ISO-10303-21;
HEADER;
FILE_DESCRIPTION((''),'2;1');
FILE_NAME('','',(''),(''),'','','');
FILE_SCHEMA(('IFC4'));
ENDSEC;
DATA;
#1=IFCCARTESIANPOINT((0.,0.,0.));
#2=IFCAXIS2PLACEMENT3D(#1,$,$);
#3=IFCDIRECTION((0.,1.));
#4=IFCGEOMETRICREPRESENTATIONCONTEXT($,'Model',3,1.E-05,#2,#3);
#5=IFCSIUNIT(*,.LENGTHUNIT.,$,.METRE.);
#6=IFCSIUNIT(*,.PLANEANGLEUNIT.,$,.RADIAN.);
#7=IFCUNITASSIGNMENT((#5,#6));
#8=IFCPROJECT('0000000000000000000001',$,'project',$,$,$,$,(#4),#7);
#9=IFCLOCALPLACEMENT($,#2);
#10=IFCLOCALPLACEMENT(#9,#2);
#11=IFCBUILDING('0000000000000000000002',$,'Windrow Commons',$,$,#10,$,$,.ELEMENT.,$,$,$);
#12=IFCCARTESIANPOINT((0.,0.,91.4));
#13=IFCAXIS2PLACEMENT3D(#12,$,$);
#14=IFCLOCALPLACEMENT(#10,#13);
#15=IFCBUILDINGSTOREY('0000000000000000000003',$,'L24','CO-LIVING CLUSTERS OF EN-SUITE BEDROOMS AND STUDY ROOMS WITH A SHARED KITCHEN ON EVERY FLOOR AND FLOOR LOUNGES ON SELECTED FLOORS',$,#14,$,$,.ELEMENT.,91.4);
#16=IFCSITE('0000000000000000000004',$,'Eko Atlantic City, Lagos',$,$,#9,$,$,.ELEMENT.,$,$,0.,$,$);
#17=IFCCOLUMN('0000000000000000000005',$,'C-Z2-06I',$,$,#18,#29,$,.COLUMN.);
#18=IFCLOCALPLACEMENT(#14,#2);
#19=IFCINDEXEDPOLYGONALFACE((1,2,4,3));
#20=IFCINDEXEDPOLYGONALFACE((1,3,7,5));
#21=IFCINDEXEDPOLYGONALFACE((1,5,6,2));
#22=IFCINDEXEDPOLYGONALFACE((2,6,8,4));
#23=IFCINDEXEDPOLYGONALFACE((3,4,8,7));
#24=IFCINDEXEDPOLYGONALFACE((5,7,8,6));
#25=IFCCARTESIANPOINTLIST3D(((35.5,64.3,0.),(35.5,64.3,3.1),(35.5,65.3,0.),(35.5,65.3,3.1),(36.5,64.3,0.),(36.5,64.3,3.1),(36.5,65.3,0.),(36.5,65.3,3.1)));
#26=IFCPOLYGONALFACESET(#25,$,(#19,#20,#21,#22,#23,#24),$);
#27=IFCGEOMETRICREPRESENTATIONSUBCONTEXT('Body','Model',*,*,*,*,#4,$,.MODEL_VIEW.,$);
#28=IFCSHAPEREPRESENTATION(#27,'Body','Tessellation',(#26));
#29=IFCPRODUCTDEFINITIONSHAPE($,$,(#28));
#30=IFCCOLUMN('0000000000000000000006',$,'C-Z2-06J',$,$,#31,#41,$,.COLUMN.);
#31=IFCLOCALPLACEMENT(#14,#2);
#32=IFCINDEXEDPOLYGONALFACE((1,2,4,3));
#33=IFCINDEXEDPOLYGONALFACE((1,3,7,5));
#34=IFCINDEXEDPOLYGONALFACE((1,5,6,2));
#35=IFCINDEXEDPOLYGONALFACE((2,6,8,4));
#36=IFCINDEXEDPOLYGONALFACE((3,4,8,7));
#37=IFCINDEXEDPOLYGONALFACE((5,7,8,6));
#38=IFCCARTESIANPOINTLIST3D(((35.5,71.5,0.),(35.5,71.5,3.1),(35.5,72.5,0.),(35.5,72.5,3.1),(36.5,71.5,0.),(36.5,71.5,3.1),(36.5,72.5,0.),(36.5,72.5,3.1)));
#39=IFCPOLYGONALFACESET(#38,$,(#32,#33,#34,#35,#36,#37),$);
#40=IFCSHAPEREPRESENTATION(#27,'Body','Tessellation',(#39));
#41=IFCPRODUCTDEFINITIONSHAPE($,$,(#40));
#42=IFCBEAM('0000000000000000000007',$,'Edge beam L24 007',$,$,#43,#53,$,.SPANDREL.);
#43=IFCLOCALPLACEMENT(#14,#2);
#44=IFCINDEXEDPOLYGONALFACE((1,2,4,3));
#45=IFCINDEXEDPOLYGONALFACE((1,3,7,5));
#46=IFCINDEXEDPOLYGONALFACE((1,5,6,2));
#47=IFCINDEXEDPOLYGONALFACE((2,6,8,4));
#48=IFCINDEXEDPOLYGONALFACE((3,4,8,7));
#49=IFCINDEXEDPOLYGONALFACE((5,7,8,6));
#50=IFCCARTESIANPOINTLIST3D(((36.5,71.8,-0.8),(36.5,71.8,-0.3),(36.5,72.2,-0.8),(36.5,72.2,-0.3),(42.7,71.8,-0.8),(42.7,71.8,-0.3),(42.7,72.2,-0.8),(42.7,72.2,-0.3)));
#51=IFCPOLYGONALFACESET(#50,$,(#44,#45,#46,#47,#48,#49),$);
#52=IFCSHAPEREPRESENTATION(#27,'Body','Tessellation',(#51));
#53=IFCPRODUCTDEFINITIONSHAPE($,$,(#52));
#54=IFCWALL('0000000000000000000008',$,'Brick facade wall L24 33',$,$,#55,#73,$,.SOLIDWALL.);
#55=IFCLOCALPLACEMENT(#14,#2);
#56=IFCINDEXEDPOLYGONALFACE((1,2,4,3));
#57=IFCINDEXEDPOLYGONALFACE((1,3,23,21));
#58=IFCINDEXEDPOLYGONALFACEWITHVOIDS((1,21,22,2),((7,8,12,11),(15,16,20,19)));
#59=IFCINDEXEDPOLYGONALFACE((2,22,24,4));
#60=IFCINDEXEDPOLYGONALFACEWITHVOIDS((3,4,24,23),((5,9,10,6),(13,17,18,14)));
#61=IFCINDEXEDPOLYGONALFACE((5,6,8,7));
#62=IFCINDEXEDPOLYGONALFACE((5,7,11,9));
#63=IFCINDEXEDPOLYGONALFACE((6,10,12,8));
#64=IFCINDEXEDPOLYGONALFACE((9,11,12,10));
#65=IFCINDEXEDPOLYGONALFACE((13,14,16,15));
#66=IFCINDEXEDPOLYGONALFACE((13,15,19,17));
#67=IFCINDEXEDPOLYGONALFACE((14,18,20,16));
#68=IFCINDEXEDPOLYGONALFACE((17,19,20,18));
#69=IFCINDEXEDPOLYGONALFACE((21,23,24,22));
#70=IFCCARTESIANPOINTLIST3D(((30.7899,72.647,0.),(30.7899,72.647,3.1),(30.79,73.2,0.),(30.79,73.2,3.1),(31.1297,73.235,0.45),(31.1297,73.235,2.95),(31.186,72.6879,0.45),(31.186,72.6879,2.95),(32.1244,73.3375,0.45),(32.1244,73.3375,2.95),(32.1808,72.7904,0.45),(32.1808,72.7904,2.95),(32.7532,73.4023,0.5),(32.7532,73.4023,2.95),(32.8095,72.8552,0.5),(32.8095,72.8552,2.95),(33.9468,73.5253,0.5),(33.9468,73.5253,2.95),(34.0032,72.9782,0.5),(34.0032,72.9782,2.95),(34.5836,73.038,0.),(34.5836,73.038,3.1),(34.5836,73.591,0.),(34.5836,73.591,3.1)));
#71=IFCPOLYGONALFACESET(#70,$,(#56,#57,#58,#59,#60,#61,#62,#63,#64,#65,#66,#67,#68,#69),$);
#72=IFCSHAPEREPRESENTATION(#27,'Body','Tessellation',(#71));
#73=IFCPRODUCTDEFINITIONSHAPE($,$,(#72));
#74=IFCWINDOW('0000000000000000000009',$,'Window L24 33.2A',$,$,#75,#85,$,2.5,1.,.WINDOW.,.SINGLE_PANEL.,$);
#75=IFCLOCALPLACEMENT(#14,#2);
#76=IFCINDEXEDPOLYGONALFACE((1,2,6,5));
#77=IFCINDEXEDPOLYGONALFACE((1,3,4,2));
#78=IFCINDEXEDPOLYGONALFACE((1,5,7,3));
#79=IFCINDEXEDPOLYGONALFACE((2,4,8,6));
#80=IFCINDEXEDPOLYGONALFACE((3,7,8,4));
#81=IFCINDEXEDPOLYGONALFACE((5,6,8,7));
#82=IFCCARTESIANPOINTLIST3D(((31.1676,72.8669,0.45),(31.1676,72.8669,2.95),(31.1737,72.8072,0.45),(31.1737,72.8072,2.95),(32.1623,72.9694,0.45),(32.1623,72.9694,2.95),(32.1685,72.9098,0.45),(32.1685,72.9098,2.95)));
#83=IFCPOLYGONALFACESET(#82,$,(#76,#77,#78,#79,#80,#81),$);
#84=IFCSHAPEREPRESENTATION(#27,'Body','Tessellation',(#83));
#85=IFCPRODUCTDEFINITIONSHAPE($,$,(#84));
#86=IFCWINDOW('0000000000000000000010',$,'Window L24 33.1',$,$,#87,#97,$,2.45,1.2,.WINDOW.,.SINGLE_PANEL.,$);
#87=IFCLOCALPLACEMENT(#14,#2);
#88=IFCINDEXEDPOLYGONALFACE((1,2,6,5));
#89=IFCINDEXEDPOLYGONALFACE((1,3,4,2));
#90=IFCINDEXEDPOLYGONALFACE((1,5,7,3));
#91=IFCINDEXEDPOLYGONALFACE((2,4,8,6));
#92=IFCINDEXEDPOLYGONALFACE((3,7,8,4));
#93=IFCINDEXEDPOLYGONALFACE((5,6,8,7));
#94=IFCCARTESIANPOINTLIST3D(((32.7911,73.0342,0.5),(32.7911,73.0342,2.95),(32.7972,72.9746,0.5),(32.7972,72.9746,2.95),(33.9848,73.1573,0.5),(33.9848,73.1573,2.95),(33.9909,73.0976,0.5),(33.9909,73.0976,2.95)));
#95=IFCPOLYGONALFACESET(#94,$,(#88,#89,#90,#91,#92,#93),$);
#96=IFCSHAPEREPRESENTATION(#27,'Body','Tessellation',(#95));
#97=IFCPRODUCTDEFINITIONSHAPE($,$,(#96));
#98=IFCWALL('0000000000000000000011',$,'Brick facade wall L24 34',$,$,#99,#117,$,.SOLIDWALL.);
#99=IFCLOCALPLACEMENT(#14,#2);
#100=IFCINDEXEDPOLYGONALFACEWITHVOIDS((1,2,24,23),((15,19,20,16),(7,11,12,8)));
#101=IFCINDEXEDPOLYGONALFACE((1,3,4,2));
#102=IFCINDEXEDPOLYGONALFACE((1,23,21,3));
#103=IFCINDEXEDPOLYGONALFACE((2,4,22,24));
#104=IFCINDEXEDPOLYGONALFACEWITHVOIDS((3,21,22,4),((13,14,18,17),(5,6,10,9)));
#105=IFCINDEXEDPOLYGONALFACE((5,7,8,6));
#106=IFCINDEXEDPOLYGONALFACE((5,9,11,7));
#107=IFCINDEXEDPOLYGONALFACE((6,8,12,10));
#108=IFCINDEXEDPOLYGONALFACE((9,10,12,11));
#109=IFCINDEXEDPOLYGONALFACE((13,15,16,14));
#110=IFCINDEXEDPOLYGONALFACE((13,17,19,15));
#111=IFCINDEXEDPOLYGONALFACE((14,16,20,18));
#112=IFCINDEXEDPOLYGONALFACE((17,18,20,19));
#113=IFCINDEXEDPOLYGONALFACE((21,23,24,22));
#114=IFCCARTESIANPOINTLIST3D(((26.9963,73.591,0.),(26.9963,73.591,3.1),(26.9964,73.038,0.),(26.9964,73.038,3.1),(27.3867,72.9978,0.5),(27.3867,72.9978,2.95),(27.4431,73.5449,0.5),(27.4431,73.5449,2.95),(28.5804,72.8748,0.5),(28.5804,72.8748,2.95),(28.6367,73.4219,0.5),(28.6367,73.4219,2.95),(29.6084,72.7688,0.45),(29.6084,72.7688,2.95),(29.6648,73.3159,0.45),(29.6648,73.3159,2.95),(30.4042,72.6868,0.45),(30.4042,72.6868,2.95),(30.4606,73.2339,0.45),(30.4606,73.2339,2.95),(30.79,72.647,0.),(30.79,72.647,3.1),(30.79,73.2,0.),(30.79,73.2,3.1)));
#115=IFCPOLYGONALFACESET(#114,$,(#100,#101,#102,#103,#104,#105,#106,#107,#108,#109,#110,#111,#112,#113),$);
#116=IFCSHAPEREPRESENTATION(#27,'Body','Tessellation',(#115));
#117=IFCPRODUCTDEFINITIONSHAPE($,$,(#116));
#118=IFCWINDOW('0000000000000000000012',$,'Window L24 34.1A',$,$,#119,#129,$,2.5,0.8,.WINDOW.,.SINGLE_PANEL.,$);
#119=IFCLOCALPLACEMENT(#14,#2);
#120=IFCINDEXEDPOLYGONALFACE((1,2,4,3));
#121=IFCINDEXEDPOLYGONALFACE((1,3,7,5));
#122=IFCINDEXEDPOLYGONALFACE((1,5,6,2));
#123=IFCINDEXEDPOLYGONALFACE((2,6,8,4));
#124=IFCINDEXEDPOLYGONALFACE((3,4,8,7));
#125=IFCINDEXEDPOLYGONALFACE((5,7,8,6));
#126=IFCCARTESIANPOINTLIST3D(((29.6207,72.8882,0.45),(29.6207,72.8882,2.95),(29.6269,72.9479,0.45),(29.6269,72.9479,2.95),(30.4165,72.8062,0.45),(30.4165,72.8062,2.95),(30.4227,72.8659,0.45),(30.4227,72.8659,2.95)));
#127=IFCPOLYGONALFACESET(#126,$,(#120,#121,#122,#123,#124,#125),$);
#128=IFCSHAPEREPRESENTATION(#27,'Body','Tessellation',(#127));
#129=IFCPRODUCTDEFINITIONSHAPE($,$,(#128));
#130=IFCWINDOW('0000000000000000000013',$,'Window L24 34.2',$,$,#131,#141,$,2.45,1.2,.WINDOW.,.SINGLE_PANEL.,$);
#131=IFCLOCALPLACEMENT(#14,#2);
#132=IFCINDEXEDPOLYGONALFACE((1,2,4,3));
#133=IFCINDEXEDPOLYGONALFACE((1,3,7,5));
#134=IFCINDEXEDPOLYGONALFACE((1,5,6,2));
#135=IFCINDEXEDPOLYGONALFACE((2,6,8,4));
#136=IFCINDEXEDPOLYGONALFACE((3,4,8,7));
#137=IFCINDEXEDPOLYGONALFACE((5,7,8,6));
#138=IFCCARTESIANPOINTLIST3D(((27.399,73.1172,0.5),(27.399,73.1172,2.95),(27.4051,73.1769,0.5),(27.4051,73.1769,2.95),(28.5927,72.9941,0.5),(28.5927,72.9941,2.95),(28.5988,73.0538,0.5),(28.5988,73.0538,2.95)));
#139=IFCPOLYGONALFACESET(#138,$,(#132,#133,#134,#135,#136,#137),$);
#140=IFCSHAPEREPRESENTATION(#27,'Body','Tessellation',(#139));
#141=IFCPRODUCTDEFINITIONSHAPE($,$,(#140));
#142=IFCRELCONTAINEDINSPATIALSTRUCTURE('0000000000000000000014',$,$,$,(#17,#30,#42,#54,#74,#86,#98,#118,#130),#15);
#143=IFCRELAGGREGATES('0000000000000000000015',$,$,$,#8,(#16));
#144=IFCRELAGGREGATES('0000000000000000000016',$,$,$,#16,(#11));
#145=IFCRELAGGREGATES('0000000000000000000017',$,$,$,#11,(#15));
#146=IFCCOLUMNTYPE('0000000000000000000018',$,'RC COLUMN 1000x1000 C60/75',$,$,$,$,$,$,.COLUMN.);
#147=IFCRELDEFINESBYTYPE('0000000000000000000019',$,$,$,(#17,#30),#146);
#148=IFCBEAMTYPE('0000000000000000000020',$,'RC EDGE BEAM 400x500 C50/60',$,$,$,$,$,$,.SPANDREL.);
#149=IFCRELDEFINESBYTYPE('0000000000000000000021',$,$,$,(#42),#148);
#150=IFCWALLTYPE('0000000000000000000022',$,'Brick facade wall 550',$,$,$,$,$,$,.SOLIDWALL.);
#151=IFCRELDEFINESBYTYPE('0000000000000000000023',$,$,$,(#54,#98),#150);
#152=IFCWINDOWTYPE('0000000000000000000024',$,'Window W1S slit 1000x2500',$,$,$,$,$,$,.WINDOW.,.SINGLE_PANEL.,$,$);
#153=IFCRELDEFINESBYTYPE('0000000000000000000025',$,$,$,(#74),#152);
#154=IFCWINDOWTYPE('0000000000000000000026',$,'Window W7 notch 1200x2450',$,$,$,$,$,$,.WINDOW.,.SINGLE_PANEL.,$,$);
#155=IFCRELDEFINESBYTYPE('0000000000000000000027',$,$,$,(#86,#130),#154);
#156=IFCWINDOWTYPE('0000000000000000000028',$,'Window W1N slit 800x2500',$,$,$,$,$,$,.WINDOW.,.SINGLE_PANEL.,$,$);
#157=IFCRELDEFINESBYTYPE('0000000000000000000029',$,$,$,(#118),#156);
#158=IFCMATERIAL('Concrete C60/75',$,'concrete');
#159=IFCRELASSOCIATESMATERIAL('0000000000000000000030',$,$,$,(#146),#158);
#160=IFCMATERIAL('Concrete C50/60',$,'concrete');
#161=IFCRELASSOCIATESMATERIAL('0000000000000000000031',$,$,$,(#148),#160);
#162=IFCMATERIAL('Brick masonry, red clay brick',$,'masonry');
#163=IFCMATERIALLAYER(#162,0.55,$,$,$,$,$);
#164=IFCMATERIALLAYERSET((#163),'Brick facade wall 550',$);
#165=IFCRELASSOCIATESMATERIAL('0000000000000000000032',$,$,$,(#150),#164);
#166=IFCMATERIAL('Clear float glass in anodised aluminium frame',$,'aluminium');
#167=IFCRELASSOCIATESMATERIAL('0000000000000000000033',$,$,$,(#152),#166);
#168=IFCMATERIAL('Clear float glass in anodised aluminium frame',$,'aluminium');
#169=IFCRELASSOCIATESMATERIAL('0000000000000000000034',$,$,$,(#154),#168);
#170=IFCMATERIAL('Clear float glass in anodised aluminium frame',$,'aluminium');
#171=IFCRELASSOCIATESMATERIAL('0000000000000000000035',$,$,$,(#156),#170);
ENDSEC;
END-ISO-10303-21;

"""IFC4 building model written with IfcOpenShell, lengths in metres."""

from ifc_helpers import new_model, si_unit, direction, frame, frame_2d, origin, origin_2d, place, context, subcontext, project, spatial, polyline, rectangle, outline, extrude, material, layer, layer_set, material_profile, profile_set, type_object, element, fill, save


model = new_model("IFC4")

# Units and contexts
model_context = context("Model", 3, precision=1e-05, world=origin(), true_north=direction((0.0, 1.0)))
body_context = subcontext(model_context, "Body", "Model", "MODEL_VIEW")
ifc_project = project(units=[si_unit("LENGTHUNIT", "METRE"), si_unit("PLANEANGLEUNIT", "RADIAN")], contexts=[model_context])

# Site, building, storey
site_placement = place(None, origin())
site = spatial("IfcSite", under=ifc_project, at=site_placement, Name="Eko Atlantic City, Lagos", CompositionType="ELEMENT", RefElevation=0.0)
building_placement = place(site_placement, origin())
building = spatial("IfcBuilding", under=site, at=building_placement, Name="Windrow Commons", CompositionType="ELEMENT")
storey_placement = place(building_placement, frame((0.0, 0.0, 91.4)))
storey = spatial("IfcBuildingStorey", under=building, at=storey_placement, Name="L24", Description="CO-LIVING CLUSTERS OF EN-SUITE BEDROOMS AND STUDY ROOMS WITH A SHARED KITCHEN ON EVERY FLOOR AND FLOOR LOUNGES ON SELECTED FLOORS", CompositionType="ELEMENT", Elevation=91.4)

# Columns
ifc_material_1 = material(Name="Concrete C60/75", Category="concrete")
ifc_material_profile_1 = material_profile(ifc_material_1, rectangle(XDim=1.0, YDim=1.0, at=origin_2d()))
ifc_profile_set_1 = profile_set([ifc_material_profile_1], Name="Concrete C60/75")
column_type = type_object("IfcColumnType", Name="RC COLUMN 1000x1000 C60/75", PredefinedType="COLUMN", material=ifc_profile_set_1)
for number, where, z_axis, x_axis, name in (
    (1, (36.0, 64.8, 0.0), (0.0, 0.0, 1.0), (1.0, 0.0, 0.0), "C-Z2-06I"),
    (2, (36.0, 72.0, 0.0), (0.0, 0.0, 1.0), (1.0, 0.0, 0.0), "C-Z2-06J"),
):
    element("IfcColumn", number, at=place(storey_placement, frame(where, z_axis=z_axis, x_axis=x_axis)), inside=storey, type_object=column_type, Name=name, PredefinedType="COLUMN", context=body_context, shape_type="SweptSolid", body=[
        extrude(rectangle(XDim=1.0, YDim=1.0, at=origin_2d()), origin(), (0.0, 0.0, 1.0), 3.1),
    ])

# Beam
ifc_material_2 = material(Name="Concrete C50/60", Category="concrete")
ifc_material_profile_2 = material_profile(ifc_material_2, rectangle(XDim=0.4, YDim=0.5, at=origin_2d()))
ifc_profile_set_2 = profile_set([ifc_material_profile_2], Name="Concrete C50/60")
beam_type = type_object("IfcBeamType", Name="RC EDGE BEAM 400x500 C50/60", PredefinedType="SPANDREL", material=ifc_profile_set_2)
beam_placement = place(storey_placement, frame((36.5, 72.0, -0.55), z_axis=(1.0, 0.0, 0.0), x_axis=(0.0, 1.0, 0.0)))
element("IfcBeam", 3, at=beam_placement, inside=storey, type_object=beam_type, Name="Edge beam L24 007", PredefinedType="SPANDREL", context=body_context, shape_type="SweptSolid", body=[
    extrude(rectangle(XDim=0.4, YDim=0.5, at=origin_2d()), origin(), (0.0, 0.0, 1.0), 6.2),
])

# Walls, openings, windows
ifc_material_3 = material(Name="Brick masonry, red clay brick", Category="masonry")
ifc_layer_1 = layer(ifc_material_3, 0.55)
ifc_layer_set_1 = layer_set([ifc_layer_1], Name="Brick facade wall 550")
wall_type_1 = type_object("IfcWallType", Name="Brick facade wall 550", PredefinedType="SOLIDWALL", material=ifc_layer_set_1)
wall_1_placement = place(storey_placement, frame((34.5836, 73.3145, 0.0), z_axis=(0.0, 0.0, 1.0), x_axis=(-0.99473, -0.102525, 0.0)))
wall_1 = element("IfcWall", 4, at=wall_1_placement, inside=storey, type_object=wall_type_1, Name="Brick facade wall L24 33", PredefinedType="SOLIDWALL", context=body_context, shape_type="SweptSolid", body=[
    extrude(outline(polyline([(-0.0283, -0.275), (3.7854, -0.275), (3.8421, 0.275), (0.0283, 0.275), (-0.0283, -0.275)])), origin(), (0.0, 0.0, 1.0), 3.1),
])
opening_1_placement = place(wall_1_placement, frame((0.6118, 0.0, 0.5)))
opening_1 = element("IfcOpeningElement", 5, at=opening_1_placement, cuts=wall_1, PredefinedType="OPENING", context=body_context, shape_type="SweptSolid", body=[
    extrude(rectangle(XDim=1.2, YDim=2.45, at=frame_2d((0.6, 1.225))), frame((0.0, 0.285, 0.0), z_axis=(0.0, -1.0, 0.0), x_axis=(1.0, 0.0, 0.0)), (0.0, 0.0, 1.0), 0.57),
])
opening_2_placement = place(wall_1_placement, frame((2.4439, 0.0, 0.45)))
opening_2 = element("IfcOpeningElement", 6, at=opening_2_placement, cuts=wall_1, PredefinedType="OPENING", context=body_context, shape_type="SweptSolid", body=[
    extrude(rectangle(XDim=1.0, YDim=2.5, at=frame_2d((0.5, 1.25))), frame((0.0, 0.285, 0.0), z_axis=(0.0, -1.0, 0.0), x_axis=(1.0, 0.0, 0.0)), (0.0, 0.0, 1.0), 0.57),
])
ifc_material_4 = material(Name="Clear float glass in anodised aluminium frame", Category="aluminium")
window_type_1 = type_object("IfcWindowType", Name="Window W1S slit 1000x2500", PartitioningType="SINGLE_PANEL", PredefinedType="WINDOW", material=ifc_material_4)
window_1_placement = place(opening_2_placement, origin())
window_1 = element("IfcWindow", 7, at=window_1_placement, inside=storey, type_object=window_type_1, Name="Window L24 33.2A", OverallHeight=2.5, OverallWidth=1.0, PartitioningType="SINGLE_PANEL", PredefinedType="WINDOW", context=body_context, shape_type="SweptSolid", body=[
    extrude(rectangle(XDim=1.0, YDim=2.5, at=frame_2d((0.5, 1.25))), frame((0.0, 0.155, 0.0), z_axis=(0.0, -1.0, 0.0), x_axis=(1.0, 0.0, 0.0)), (0.0, 0.0, 1.0), 0.06),
])
fill(opening_2, window_1)
ifc_material_5 = material(Name="Clear float glass in anodised aluminium frame", Category="aluminium")
window_type_2 = type_object("IfcWindowType", Name="Window W7 notch 1200x2450", PartitioningType="SINGLE_PANEL", PredefinedType="WINDOW", material=ifc_material_5)
window_2_placement = place(opening_1_placement, origin())
window_2 = element("IfcWindow", 8, at=window_2_placement, inside=storey, type_object=window_type_2, Name="Window L24 33.1", OverallHeight=2.45, OverallWidth=1.2, PartitioningType="SINGLE_PANEL", PredefinedType="WINDOW", context=body_context, shape_type="SweptSolid", body=[
    extrude(rectangle(XDim=1.2, YDim=2.45, at=frame_2d((0.6, 1.225))), frame((0.0, 0.155, 0.0), z_axis=(0.0, -1.0, 0.0), x_axis=(1.0, 0.0, 0.0)), (0.0, 0.0, 1.0), 0.06),
])
fill(opening_1, window_2)
wall_2_placement = place(storey_placement, frame((30.79, 72.9235, 0.0), z_axis=(0.0, 0.0, 1.0), x_axis=(-0.994731, 0.102523, 0.0)))
wall_2 = element("IfcWall", 9, at=wall_2_placement, inside=storey, type_object=wall_type_1, Name="Brick facade wall L24 34", PredefinedType="SOLIDWALL", context=body_context, shape_type="SweptSolid", body=[
    extrude(outline(polyline([(0.0283, -0.275), (3.8421, -0.275), (3.7854, 0.275), (-0.0283, 0.275), (0.0283, -0.275)])), origin(), (0.0, 0.0, 1.0), 3.1),
])
opening_3_placement = place(wall_2_placement, frame((2.193, 0.0, 0.5)))
opening_3 = element("IfcOpeningElement", 10, at=opening_3_placement, cuts=wall_2, PredefinedType="OPENING", context=body_context, shape_type="SweptSolid", body=[
    extrude(rectangle(XDim=1.2, YDim=2.45, at=frame_2d((0.6, 1.225))), frame((0.0, 0.285, 0.0), z_axis=(0.0, -1.0, 0.0), x_axis=(1.0, 0.0, 0.0)), (0.0, 0.0, 1.0), 0.57),
])
opening_4_placement = place(wall_2_placement, frame((0.3595, 0.0, 0.45)))
opening_4 = element("IfcOpeningElement", 11, at=opening_4_placement, cuts=wall_2, PredefinedType="OPENING", context=body_context, shape_type="SweptSolid", body=[
    extrude(rectangle(XDim=0.8, YDim=2.5, at=frame_2d((0.4, 1.25))), frame((0.0, 0.285, 0.0), z_axis=(0.0, -1.0, 0.0), x_axis=(1.0, 0.0, 0.0)), (0.0, 0.0, 1.0), 0.57),
])
ifc_material_6 = material(Name="Clear float glass in anodised aluminium frame", Category="aluminium")
window_type_3 = type_object("IfcWindowType", Name="Window W1N slit 800x2500", PartitioningType="SINGLE_PANEL", PredefinedType="WINDOW", material=ifc_material_6)
window_3_placement = place(opening_4_placement, origin())
window_3 = element("IfcWindow", 12, at=window_3_placement, inside=storey, type_object=window_type_3, Name="Window L24 34.1A", OverallHeight=2.5, OverallWidth=0.8, PartitioningType="SINGLE_PANEL", PredefinedType="WINDOW", context=body_context, shape_type="SweptSolid", body=[
    extrude(rectangle(XDim=0.8, YDim=2.5, at=frame_2d((0.4, 1.25))), frame((0.0, 0.155, 0.0), z_axis=(0.0, -1.0, 0.0), x_axis=(1.0, 0.0, 0.0)), (0.0, 0.0, 1.0), 0.06),
])
fill(opening_4, window_3)
window_4_placement = place(opening_3_placement, origin())
window_4 = element("IfcWindow", 13, at=window_4_placement, inside=storey, type_object=window_type_2, Name="Window L24 34.2", OverallHeight=2.45, OverallWidth=1.2, PartitioningType="SINGLE_PANEL", PredefinedType="WINDOW", context=body_context, shape_type="SweptSolid", body=[
    extrude(rectangle(XDim=1.2, YDim=2.45, at=frame_2d((0.6, 1.225))), frame((0.0, 0.155, 0.0), z_axis=(0.0, -1.0, 0.0), x_axis=(1.0, 0.0, 0.0)), (0.0, 0.0, 1.0), 0.06),
])
fill(opening_3, window_4)

save(model, "model.ifc")
